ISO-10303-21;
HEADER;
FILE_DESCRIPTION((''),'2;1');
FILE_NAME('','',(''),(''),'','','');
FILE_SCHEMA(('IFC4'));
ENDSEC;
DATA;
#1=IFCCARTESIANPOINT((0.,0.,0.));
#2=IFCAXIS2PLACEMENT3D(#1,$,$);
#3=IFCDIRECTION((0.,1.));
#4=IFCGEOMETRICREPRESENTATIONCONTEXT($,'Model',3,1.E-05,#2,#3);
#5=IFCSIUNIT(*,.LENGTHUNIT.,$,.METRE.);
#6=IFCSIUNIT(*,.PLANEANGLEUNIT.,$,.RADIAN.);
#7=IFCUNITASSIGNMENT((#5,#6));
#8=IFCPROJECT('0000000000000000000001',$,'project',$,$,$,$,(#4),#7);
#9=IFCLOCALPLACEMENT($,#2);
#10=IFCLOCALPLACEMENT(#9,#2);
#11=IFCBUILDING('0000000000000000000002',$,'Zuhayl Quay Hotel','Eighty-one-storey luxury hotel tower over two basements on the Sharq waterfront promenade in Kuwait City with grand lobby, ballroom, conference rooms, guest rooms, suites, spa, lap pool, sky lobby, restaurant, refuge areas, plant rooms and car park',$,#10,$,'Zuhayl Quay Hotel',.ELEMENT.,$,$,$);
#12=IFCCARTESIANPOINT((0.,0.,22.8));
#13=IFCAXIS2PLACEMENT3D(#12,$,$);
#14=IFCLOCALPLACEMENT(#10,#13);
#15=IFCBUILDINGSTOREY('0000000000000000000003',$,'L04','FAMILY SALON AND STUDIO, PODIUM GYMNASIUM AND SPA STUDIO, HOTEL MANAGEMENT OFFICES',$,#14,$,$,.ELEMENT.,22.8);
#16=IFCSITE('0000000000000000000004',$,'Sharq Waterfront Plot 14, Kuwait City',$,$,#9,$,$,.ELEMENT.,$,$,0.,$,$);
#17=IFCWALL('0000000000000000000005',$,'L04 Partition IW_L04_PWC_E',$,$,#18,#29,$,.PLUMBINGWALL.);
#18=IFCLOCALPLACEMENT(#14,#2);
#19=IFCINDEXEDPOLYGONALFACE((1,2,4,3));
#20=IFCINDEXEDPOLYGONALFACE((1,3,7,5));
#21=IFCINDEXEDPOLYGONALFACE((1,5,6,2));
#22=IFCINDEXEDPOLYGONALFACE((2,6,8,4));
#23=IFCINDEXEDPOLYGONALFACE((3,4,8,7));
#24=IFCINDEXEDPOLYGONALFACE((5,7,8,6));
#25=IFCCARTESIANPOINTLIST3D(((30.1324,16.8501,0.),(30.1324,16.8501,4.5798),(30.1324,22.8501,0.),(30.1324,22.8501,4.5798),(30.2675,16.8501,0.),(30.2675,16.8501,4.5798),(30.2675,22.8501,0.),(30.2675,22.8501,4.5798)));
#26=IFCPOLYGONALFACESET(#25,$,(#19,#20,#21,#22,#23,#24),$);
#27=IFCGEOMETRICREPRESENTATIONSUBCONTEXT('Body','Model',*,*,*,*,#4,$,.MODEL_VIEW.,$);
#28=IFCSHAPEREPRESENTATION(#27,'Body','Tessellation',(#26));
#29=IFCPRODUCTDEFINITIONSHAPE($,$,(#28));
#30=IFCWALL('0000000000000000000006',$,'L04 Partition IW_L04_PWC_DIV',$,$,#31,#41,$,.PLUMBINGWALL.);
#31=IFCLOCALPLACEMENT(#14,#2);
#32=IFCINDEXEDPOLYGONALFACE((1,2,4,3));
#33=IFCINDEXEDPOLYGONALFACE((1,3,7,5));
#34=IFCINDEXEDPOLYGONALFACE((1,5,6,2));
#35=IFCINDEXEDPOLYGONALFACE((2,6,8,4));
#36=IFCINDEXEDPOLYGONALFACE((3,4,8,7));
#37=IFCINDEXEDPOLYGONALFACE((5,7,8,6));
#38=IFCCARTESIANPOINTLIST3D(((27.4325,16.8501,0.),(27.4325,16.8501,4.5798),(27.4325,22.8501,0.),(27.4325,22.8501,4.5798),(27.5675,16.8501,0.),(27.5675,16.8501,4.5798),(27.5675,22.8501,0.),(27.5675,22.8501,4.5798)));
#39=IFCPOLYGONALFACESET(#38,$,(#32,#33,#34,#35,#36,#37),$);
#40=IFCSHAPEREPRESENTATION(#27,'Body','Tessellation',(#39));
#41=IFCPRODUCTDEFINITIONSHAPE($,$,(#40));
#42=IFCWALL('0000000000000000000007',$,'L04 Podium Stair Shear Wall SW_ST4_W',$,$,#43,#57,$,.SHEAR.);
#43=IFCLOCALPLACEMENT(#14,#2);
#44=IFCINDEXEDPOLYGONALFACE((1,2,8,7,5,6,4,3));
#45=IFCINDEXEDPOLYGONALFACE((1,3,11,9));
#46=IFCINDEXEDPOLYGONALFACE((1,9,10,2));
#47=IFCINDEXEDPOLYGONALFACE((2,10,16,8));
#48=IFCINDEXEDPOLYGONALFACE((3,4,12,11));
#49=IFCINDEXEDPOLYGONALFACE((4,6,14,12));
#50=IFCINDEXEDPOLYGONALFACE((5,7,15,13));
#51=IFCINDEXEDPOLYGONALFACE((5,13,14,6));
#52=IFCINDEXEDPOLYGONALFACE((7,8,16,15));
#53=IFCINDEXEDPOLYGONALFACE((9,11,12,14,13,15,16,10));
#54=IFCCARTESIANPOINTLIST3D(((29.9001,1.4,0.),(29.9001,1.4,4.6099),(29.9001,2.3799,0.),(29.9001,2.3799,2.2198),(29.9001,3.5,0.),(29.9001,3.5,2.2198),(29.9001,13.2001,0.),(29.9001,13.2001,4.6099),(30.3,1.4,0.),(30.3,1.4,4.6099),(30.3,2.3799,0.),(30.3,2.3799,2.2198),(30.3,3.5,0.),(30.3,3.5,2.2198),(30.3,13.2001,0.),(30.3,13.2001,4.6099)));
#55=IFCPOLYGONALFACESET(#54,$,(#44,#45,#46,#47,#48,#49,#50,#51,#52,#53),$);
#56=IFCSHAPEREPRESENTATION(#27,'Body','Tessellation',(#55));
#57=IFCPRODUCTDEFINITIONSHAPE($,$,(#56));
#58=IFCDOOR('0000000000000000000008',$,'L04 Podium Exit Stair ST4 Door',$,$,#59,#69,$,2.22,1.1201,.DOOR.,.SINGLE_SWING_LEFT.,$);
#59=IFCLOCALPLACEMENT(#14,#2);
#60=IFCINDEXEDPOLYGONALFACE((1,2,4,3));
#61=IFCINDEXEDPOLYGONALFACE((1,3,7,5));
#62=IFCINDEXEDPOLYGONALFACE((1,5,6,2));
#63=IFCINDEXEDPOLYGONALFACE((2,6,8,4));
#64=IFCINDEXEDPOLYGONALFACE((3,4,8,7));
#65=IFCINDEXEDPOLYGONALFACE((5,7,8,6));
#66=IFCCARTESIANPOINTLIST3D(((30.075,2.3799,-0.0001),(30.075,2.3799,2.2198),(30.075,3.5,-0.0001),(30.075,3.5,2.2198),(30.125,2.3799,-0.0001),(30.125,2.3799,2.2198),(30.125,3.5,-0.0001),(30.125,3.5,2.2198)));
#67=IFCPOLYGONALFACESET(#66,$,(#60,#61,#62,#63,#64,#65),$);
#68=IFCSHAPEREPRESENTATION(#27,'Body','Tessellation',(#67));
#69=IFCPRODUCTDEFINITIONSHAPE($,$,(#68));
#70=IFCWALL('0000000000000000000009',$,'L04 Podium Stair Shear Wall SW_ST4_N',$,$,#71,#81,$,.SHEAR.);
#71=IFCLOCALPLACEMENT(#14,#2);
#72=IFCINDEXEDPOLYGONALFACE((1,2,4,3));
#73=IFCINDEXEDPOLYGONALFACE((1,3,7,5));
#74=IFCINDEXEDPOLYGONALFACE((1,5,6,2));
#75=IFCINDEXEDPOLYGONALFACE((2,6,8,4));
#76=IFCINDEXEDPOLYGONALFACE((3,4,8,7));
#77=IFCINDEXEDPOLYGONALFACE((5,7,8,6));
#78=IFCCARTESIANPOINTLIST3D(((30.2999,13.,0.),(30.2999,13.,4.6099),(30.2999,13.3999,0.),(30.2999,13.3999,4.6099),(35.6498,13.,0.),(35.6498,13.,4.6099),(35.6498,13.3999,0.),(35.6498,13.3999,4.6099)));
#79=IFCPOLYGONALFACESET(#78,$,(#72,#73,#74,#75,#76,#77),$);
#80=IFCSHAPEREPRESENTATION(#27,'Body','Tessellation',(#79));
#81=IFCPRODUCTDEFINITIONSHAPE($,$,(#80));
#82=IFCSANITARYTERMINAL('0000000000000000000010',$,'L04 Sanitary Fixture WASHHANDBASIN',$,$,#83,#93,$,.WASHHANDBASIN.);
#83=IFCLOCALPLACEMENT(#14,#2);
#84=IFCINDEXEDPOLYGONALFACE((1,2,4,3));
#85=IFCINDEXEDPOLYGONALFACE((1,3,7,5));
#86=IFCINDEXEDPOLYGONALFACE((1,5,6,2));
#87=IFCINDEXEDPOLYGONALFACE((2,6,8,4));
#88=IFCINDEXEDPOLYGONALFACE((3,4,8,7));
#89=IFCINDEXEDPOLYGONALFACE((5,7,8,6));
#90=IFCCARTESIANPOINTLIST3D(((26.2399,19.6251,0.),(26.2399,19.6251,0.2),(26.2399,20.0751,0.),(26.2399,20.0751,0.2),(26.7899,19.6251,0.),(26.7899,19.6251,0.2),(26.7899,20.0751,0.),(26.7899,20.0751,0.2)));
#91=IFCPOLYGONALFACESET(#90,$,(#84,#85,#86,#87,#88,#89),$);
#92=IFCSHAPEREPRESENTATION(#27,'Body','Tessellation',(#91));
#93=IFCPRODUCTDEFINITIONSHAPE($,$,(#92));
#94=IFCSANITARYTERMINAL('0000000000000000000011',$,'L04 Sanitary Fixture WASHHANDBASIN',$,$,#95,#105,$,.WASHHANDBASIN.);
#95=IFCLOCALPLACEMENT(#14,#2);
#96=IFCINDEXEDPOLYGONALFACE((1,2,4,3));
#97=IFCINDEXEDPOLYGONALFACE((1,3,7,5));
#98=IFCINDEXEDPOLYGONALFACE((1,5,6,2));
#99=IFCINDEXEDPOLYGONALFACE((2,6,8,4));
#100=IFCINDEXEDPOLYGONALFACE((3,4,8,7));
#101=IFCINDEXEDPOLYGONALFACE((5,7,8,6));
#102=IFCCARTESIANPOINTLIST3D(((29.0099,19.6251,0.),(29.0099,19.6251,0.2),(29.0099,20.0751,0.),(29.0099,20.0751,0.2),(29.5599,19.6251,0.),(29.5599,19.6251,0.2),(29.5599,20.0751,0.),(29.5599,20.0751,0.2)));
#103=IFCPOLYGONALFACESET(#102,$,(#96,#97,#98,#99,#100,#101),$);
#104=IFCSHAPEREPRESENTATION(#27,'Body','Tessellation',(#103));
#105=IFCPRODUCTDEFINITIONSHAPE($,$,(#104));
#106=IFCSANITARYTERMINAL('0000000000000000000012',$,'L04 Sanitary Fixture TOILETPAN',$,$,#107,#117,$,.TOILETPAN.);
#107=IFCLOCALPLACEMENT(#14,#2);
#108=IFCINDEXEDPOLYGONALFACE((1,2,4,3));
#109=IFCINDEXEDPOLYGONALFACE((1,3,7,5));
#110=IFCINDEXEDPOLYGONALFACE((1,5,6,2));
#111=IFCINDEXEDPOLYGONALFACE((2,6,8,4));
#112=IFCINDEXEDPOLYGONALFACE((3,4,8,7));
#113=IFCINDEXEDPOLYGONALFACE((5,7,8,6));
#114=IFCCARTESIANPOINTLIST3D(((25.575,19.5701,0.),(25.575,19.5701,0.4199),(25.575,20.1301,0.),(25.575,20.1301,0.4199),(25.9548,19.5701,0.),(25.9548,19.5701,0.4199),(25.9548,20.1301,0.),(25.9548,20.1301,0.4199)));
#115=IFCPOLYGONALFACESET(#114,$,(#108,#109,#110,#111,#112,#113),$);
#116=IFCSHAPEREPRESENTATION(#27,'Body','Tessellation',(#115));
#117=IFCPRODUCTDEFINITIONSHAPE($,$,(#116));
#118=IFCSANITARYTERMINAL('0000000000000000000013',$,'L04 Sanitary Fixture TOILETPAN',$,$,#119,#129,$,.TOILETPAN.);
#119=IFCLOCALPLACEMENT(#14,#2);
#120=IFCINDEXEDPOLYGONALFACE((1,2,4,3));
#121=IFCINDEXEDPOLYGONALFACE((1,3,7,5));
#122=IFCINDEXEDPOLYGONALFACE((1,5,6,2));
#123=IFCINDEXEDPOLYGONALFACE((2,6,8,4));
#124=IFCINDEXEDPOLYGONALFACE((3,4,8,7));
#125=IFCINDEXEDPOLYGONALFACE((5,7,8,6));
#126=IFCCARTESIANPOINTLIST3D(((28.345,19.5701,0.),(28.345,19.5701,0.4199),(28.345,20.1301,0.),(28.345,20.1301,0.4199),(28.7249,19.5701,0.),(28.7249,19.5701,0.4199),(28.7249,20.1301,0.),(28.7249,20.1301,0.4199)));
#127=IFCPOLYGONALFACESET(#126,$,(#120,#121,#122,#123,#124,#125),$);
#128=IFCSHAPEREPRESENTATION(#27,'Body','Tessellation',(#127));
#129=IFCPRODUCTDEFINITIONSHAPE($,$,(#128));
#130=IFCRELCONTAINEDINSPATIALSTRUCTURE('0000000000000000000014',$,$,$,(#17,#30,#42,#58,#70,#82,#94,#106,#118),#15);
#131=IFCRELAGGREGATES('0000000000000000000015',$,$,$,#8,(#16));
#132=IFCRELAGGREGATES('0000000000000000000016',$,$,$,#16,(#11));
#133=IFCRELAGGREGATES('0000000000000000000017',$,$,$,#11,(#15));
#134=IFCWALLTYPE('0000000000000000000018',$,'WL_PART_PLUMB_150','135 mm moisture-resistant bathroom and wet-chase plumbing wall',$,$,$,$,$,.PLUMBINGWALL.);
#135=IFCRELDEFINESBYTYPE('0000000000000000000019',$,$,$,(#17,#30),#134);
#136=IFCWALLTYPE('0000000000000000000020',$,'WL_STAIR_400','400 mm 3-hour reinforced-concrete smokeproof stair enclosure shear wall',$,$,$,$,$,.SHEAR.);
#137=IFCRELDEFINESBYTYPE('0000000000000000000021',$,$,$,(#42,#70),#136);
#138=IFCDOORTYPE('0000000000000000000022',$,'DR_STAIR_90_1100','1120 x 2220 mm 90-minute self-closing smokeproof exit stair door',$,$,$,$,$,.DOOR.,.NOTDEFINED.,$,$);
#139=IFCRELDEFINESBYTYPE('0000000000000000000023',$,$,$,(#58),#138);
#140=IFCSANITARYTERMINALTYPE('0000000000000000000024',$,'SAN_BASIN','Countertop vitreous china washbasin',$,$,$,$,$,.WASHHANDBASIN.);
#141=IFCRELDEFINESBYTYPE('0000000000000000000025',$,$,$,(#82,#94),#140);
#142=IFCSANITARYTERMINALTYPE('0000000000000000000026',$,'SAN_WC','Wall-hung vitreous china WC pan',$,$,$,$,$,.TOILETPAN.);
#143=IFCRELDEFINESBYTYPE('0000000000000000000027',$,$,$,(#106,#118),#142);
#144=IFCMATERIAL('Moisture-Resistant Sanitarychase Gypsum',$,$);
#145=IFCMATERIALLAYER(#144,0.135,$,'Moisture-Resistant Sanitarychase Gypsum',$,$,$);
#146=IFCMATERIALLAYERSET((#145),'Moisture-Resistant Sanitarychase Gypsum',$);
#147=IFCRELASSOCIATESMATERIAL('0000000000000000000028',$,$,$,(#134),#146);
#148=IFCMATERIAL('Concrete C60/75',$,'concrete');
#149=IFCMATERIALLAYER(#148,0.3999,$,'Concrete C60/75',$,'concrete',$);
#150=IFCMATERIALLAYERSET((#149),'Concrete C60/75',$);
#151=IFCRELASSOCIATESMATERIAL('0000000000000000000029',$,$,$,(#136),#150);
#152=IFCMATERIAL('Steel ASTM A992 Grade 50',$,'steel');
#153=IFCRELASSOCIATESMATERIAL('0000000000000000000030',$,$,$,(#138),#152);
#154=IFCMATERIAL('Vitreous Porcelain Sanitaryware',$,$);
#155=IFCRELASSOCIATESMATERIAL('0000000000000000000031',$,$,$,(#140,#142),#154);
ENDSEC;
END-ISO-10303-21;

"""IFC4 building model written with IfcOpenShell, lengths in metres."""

from ifc_helpers import new_model, si_unit, direction, frame, frame_2d, origin, origin_2d, place, context, subcontext, project, spatial, rectangle, extrude, material, layer, layer_set, type_object, element, fill, save


model = new_model("IFC4")

# Units and contexts
model_context = context("Model", 3, precision=1e-05, world=origin(), true_north=direction((0.0, 1.0)))
body_context = subcontext(model_context, "Body", "Model", "MODEL_VIEW")
ifc_project = project(units=[si_unit("LENGTHUNIT", "METRE"), si_unit("PLANEANGLEUNIT", "RADIAN")], contexts=[model_context])

# Site, building, storey
site_placement = place(None, origin())
site = spatial("IfcSite", under=ifc_project, at=site_placement, Name="Sharq Waterfront Plot 14, Kuwait City", CompositionType="ELEMENT", RefElevation=0.0)
building_placement = place(site_placement, origin())
building = spatial("IfcBuilding", under=site, at=building_placement, Name="Zuhayl Quay Hotel", Description="Eighty-one-storey luxury hotel tower over two basements on the Sharq waterfront promenade in Kuwait City with grand lobby, ballroom, conference rooms, guest rooms, suites, spa, lap pool, sky lobby, restaurant, refuge areas, plant rooms and car park", LongName="Zuhayl Quay Hotel", CompositionType="ELEMENT")
storey_placement = place(building_placement, frame((0.0, 0.0, 22.8)))
storey = spatial("IfcBuildingStorey", under=building, at=storey_placement, Name="L04", Description="FAMILY SALON AND STUDIO, PODIUM GYMNASIUM AND SPA STUDIO, HOTEL MANAGEMENT OFFICES", CompositionType="ELEMENT", Elevation=22.8)

# Shared definitions
ifc_material_1 = material(Name="Moisture-Resistant Sanitarychase Gypsum")
ifc_layer_1 = layer(ifc_material_1, 0.135, Name="Moisture-Resistant Sanitarychase Gypsum")
ifc_layer_set_1 = layer_set([ifc_layer_1], Name="Moisture-Resistant Sanitarychase Gypsum")
wall_type_1 = type_object("IfcWallType", Name="WL_PART_PLUMB_150", Description="135 mm moisture-resistant bathroom and wet-chase plumbing wall", PredefinedType="PLUMBINGWALL", material=ifc_layer_set_1)

# Walls
for number, where, z_axis, x_axis, name in (
    (1, (30.2, 16.8501, 0.0), (0.0, 0.0, 1.0), (0.0, 1.0, 0.0), "L04 Partition IW_L04_PWC_E"),
    (2, (27.5, 16.8501, 0.0), (0.0, 0.0, 1.0), (0.0, 1.0, 0.0), "L04 Partition IW_L04_PWC_DIV"),
):
    element("IfcWall", number, at=place(storey_placement, frame(where, z_axis=z_axis, x_axis=x_axis)), inside=storey, type_object=wall_type_1, Name=name, PredefinedType="PLUMBINGWALL", context=body_context, shape_type="SweptSolid", body=[
        extrude(rectangle(XDim=6.0, YDim=0.135, at=frame_2d((3.0, 0.0))), origin(), (0.0, 0.0, 1.0), 4.5798),
    ])

# Wall, opening, door
ifc_material_2 = material(Name="Concrete C60/75", Category="concrete")
ifc_layer_2 = layer(ifc_material_2, 0.3999, Name="Concrete C60/75", Category="concrete")
ifc_layer_set_2 = layer_set([ifc_layer_2], Name="Concrete C60/75")
wall_type_2 = type_object("IfcWallType", Name="WL_STAIR_400", Description="400 mm 3-hour reinforced-concrete smokeproof stair enclosure shear wall", PredefinedType="SHEAR", material=ifc_layer_set_2)
wall_1_placement = place(storey_placement, frame((30.1001, 13.2, 0.0), z_axis=(0.0, 0.0, 1.0), x_axis=(0.0, -1.0, 0.0)))
wall_1 = element("IfcWall", 3, at=wall_1_placement, inside=storey, type_object=wall_type_2, Name="L04 Podium Stair Shear Wall SW_ST4_W", PredefinedType="SHEAR", context=body_context, shape_type="SweptSolid", body=[
    extrude(rectangle(XDim=11.8, YDim=0.3999, at=frame_2d((5.8999, 0.0))), origin(), (0.0, 0.0, 1.0), 4.6099),
])
opening_1_placement = place(wall_1_placement, frame((9.7, 0.0, 0.0)))
opening_1 = element("IfcOpeningElement", 4, at=opening_1_placement, cuts=wall_1, PredefinedType="OPENING", context=body_context, shape_type="SweptSolid", body=[
    extrude(rectangle(XDim=1.1201, YDim=2.22, at=frame_2d((0.5601, 1.1099))), frame((0.0, 0.21, 0.0), z_axis=(0.0, -1.0, 0.0), x_axis=(1.0, 0.0, 0.0)), (0.0, 0.0, 1.0), 0.4199),
])
ifc_material_3 = material(Name="Steel ASTM A992 Grade 50", Category="steel")
door_type_1 = type_object("IfcDoorType", Name="DR_STAIR_90_1100", Description="1120 x 2220 mm 90-minute self-closing smokeproof exit stair door", OperationType="NOTDEFINED", PredefinedType="DOOR", material=ifc_material_3)
door_1_placement = place(opening_1_placement, origin())
door_1 = element("IfcDoor", 5, at=door_1_placement, inside=storey, type_object=door_type_1, Name="L04 Podium Exit Stair ST4 Door", OperationType="SINGLE_SWING_LEFT", OverallHeight=2.22, OverallWidth=1.1201, PredefinedType="DOOR", context=body_context, shape_type="SweptSolid", body=[
    extrude(rectangle(XDim=1.1201, YDim=2.22, at=frame_2d((0.5601, 1.1099))), frame((0.0, 0.0249, 0.0), z_axis=(0.0, -1.0, 0.0), x_axis=(1.0, 0.0, 0.0)), (0.0, 0.0, 1.0), 0.05),
])
fill(opening_1, door_1)

# Wall
wall_2_placement = place(storey_placement, frame((30.3, 13.2, 0.0), z_axis=(0.0, 0.0, 1.0), x_axis=(1.0, 0.0, 0.0)))
element("IfcWall", 6, at=wall_2_placement, inside=storey, type_object=wall_type_2, Name="L04 Podium Stair Shear Wall SW_ST4_N", PredefinedType="SHEAR", context=body_context, shape_type="SweptSolid", body=[
    extrude(rectangle(XDim=5.3499, YDim=0.3999, at=frame_2d((2.6748, 0.0))), origin(), (0.0, 0.0, 1.0), 4.6099),
])

# Sanitary terminals
ifc_material_4 = material(Name="Vitreous Porcelain Sanitaryware")
sanitary_terminal_type_1 = type_object("IfcSanitaryTerminalType", Name="SAN_BASIN", Description="Countertop vitreous china washbasin", PredefinedType="WASHHANDBASIN", material=ifc_material_4)
for number, where, z_axis, x_axis, name in (
    (7, (26.5149, 19.8501, 0.0), (0.0, 0.0, 1.0), (1.0, 0.0, 0.0), "L04 Sanitary Fixture WASHHANDBASIN"),
    (8, (29.2849, 19.8501, 0.0), (0.0, 0.0, 1.0), (1.0, 0.0, 0.0), "L04 Sanitary Fixture WASHHANDBASIN"),
):
    element("IfcSanitaryTerminal", number, at=place(storey_placement, frame(where, z_axis=z_axis, x_axis=x_axis)), inside=storey, type_object=sanitary_terminal_type_1, Name=name, PredefinedType="WASHHANDBASIN", context=body_context, shape_type="SweptSolid", body=[
        extrude(rectangle(XDim=0.55, YDim=0.45, at=origin_2d()), origin(), (0.0, 0.0, 1.0), 0.2),
    ])
sanitary_terminal_type_2 = type_object("IfcSanitaryTerminalType", Name="SAN_WC", Description="Wall-hung vitreous china WC pan", PredefinedType="TOILETPAN", material=ifc_material_4)
for number, where, z_axis, x_axis, name in (
    (9, (25.7649, 19.8501, 0.0), (0.0, 0.0, 1.0), (1.0, 0.0, 0.0), "L04 Sanitary Fixture TOILETPAN"),
    (10, (28.5349, 19.8501, 0.0), (0.0, 0.0, 1.0), (1.0, 0.0, 0.0), "L04 Sanitary Fixture TOILETPAN"),
):
    element("IfcSanitaryTerminal", number, at=place(storey_placement, frame(where, z_axis=z_axis, x_axis=x_axis)), inside=storey, type_object=sanitary_terminal_type_2, Name=name, PredefinedType="TOILETPAN", context=body_context, shape_type="SweptSolid", body=[
        extrude(rectangle(XDim=0.3799, YDim=0.5601, at=origin_2d()), origin(), (0.0, 0.0, 1.0), 0.4199),
    ])

save(model, "model.ifc")
